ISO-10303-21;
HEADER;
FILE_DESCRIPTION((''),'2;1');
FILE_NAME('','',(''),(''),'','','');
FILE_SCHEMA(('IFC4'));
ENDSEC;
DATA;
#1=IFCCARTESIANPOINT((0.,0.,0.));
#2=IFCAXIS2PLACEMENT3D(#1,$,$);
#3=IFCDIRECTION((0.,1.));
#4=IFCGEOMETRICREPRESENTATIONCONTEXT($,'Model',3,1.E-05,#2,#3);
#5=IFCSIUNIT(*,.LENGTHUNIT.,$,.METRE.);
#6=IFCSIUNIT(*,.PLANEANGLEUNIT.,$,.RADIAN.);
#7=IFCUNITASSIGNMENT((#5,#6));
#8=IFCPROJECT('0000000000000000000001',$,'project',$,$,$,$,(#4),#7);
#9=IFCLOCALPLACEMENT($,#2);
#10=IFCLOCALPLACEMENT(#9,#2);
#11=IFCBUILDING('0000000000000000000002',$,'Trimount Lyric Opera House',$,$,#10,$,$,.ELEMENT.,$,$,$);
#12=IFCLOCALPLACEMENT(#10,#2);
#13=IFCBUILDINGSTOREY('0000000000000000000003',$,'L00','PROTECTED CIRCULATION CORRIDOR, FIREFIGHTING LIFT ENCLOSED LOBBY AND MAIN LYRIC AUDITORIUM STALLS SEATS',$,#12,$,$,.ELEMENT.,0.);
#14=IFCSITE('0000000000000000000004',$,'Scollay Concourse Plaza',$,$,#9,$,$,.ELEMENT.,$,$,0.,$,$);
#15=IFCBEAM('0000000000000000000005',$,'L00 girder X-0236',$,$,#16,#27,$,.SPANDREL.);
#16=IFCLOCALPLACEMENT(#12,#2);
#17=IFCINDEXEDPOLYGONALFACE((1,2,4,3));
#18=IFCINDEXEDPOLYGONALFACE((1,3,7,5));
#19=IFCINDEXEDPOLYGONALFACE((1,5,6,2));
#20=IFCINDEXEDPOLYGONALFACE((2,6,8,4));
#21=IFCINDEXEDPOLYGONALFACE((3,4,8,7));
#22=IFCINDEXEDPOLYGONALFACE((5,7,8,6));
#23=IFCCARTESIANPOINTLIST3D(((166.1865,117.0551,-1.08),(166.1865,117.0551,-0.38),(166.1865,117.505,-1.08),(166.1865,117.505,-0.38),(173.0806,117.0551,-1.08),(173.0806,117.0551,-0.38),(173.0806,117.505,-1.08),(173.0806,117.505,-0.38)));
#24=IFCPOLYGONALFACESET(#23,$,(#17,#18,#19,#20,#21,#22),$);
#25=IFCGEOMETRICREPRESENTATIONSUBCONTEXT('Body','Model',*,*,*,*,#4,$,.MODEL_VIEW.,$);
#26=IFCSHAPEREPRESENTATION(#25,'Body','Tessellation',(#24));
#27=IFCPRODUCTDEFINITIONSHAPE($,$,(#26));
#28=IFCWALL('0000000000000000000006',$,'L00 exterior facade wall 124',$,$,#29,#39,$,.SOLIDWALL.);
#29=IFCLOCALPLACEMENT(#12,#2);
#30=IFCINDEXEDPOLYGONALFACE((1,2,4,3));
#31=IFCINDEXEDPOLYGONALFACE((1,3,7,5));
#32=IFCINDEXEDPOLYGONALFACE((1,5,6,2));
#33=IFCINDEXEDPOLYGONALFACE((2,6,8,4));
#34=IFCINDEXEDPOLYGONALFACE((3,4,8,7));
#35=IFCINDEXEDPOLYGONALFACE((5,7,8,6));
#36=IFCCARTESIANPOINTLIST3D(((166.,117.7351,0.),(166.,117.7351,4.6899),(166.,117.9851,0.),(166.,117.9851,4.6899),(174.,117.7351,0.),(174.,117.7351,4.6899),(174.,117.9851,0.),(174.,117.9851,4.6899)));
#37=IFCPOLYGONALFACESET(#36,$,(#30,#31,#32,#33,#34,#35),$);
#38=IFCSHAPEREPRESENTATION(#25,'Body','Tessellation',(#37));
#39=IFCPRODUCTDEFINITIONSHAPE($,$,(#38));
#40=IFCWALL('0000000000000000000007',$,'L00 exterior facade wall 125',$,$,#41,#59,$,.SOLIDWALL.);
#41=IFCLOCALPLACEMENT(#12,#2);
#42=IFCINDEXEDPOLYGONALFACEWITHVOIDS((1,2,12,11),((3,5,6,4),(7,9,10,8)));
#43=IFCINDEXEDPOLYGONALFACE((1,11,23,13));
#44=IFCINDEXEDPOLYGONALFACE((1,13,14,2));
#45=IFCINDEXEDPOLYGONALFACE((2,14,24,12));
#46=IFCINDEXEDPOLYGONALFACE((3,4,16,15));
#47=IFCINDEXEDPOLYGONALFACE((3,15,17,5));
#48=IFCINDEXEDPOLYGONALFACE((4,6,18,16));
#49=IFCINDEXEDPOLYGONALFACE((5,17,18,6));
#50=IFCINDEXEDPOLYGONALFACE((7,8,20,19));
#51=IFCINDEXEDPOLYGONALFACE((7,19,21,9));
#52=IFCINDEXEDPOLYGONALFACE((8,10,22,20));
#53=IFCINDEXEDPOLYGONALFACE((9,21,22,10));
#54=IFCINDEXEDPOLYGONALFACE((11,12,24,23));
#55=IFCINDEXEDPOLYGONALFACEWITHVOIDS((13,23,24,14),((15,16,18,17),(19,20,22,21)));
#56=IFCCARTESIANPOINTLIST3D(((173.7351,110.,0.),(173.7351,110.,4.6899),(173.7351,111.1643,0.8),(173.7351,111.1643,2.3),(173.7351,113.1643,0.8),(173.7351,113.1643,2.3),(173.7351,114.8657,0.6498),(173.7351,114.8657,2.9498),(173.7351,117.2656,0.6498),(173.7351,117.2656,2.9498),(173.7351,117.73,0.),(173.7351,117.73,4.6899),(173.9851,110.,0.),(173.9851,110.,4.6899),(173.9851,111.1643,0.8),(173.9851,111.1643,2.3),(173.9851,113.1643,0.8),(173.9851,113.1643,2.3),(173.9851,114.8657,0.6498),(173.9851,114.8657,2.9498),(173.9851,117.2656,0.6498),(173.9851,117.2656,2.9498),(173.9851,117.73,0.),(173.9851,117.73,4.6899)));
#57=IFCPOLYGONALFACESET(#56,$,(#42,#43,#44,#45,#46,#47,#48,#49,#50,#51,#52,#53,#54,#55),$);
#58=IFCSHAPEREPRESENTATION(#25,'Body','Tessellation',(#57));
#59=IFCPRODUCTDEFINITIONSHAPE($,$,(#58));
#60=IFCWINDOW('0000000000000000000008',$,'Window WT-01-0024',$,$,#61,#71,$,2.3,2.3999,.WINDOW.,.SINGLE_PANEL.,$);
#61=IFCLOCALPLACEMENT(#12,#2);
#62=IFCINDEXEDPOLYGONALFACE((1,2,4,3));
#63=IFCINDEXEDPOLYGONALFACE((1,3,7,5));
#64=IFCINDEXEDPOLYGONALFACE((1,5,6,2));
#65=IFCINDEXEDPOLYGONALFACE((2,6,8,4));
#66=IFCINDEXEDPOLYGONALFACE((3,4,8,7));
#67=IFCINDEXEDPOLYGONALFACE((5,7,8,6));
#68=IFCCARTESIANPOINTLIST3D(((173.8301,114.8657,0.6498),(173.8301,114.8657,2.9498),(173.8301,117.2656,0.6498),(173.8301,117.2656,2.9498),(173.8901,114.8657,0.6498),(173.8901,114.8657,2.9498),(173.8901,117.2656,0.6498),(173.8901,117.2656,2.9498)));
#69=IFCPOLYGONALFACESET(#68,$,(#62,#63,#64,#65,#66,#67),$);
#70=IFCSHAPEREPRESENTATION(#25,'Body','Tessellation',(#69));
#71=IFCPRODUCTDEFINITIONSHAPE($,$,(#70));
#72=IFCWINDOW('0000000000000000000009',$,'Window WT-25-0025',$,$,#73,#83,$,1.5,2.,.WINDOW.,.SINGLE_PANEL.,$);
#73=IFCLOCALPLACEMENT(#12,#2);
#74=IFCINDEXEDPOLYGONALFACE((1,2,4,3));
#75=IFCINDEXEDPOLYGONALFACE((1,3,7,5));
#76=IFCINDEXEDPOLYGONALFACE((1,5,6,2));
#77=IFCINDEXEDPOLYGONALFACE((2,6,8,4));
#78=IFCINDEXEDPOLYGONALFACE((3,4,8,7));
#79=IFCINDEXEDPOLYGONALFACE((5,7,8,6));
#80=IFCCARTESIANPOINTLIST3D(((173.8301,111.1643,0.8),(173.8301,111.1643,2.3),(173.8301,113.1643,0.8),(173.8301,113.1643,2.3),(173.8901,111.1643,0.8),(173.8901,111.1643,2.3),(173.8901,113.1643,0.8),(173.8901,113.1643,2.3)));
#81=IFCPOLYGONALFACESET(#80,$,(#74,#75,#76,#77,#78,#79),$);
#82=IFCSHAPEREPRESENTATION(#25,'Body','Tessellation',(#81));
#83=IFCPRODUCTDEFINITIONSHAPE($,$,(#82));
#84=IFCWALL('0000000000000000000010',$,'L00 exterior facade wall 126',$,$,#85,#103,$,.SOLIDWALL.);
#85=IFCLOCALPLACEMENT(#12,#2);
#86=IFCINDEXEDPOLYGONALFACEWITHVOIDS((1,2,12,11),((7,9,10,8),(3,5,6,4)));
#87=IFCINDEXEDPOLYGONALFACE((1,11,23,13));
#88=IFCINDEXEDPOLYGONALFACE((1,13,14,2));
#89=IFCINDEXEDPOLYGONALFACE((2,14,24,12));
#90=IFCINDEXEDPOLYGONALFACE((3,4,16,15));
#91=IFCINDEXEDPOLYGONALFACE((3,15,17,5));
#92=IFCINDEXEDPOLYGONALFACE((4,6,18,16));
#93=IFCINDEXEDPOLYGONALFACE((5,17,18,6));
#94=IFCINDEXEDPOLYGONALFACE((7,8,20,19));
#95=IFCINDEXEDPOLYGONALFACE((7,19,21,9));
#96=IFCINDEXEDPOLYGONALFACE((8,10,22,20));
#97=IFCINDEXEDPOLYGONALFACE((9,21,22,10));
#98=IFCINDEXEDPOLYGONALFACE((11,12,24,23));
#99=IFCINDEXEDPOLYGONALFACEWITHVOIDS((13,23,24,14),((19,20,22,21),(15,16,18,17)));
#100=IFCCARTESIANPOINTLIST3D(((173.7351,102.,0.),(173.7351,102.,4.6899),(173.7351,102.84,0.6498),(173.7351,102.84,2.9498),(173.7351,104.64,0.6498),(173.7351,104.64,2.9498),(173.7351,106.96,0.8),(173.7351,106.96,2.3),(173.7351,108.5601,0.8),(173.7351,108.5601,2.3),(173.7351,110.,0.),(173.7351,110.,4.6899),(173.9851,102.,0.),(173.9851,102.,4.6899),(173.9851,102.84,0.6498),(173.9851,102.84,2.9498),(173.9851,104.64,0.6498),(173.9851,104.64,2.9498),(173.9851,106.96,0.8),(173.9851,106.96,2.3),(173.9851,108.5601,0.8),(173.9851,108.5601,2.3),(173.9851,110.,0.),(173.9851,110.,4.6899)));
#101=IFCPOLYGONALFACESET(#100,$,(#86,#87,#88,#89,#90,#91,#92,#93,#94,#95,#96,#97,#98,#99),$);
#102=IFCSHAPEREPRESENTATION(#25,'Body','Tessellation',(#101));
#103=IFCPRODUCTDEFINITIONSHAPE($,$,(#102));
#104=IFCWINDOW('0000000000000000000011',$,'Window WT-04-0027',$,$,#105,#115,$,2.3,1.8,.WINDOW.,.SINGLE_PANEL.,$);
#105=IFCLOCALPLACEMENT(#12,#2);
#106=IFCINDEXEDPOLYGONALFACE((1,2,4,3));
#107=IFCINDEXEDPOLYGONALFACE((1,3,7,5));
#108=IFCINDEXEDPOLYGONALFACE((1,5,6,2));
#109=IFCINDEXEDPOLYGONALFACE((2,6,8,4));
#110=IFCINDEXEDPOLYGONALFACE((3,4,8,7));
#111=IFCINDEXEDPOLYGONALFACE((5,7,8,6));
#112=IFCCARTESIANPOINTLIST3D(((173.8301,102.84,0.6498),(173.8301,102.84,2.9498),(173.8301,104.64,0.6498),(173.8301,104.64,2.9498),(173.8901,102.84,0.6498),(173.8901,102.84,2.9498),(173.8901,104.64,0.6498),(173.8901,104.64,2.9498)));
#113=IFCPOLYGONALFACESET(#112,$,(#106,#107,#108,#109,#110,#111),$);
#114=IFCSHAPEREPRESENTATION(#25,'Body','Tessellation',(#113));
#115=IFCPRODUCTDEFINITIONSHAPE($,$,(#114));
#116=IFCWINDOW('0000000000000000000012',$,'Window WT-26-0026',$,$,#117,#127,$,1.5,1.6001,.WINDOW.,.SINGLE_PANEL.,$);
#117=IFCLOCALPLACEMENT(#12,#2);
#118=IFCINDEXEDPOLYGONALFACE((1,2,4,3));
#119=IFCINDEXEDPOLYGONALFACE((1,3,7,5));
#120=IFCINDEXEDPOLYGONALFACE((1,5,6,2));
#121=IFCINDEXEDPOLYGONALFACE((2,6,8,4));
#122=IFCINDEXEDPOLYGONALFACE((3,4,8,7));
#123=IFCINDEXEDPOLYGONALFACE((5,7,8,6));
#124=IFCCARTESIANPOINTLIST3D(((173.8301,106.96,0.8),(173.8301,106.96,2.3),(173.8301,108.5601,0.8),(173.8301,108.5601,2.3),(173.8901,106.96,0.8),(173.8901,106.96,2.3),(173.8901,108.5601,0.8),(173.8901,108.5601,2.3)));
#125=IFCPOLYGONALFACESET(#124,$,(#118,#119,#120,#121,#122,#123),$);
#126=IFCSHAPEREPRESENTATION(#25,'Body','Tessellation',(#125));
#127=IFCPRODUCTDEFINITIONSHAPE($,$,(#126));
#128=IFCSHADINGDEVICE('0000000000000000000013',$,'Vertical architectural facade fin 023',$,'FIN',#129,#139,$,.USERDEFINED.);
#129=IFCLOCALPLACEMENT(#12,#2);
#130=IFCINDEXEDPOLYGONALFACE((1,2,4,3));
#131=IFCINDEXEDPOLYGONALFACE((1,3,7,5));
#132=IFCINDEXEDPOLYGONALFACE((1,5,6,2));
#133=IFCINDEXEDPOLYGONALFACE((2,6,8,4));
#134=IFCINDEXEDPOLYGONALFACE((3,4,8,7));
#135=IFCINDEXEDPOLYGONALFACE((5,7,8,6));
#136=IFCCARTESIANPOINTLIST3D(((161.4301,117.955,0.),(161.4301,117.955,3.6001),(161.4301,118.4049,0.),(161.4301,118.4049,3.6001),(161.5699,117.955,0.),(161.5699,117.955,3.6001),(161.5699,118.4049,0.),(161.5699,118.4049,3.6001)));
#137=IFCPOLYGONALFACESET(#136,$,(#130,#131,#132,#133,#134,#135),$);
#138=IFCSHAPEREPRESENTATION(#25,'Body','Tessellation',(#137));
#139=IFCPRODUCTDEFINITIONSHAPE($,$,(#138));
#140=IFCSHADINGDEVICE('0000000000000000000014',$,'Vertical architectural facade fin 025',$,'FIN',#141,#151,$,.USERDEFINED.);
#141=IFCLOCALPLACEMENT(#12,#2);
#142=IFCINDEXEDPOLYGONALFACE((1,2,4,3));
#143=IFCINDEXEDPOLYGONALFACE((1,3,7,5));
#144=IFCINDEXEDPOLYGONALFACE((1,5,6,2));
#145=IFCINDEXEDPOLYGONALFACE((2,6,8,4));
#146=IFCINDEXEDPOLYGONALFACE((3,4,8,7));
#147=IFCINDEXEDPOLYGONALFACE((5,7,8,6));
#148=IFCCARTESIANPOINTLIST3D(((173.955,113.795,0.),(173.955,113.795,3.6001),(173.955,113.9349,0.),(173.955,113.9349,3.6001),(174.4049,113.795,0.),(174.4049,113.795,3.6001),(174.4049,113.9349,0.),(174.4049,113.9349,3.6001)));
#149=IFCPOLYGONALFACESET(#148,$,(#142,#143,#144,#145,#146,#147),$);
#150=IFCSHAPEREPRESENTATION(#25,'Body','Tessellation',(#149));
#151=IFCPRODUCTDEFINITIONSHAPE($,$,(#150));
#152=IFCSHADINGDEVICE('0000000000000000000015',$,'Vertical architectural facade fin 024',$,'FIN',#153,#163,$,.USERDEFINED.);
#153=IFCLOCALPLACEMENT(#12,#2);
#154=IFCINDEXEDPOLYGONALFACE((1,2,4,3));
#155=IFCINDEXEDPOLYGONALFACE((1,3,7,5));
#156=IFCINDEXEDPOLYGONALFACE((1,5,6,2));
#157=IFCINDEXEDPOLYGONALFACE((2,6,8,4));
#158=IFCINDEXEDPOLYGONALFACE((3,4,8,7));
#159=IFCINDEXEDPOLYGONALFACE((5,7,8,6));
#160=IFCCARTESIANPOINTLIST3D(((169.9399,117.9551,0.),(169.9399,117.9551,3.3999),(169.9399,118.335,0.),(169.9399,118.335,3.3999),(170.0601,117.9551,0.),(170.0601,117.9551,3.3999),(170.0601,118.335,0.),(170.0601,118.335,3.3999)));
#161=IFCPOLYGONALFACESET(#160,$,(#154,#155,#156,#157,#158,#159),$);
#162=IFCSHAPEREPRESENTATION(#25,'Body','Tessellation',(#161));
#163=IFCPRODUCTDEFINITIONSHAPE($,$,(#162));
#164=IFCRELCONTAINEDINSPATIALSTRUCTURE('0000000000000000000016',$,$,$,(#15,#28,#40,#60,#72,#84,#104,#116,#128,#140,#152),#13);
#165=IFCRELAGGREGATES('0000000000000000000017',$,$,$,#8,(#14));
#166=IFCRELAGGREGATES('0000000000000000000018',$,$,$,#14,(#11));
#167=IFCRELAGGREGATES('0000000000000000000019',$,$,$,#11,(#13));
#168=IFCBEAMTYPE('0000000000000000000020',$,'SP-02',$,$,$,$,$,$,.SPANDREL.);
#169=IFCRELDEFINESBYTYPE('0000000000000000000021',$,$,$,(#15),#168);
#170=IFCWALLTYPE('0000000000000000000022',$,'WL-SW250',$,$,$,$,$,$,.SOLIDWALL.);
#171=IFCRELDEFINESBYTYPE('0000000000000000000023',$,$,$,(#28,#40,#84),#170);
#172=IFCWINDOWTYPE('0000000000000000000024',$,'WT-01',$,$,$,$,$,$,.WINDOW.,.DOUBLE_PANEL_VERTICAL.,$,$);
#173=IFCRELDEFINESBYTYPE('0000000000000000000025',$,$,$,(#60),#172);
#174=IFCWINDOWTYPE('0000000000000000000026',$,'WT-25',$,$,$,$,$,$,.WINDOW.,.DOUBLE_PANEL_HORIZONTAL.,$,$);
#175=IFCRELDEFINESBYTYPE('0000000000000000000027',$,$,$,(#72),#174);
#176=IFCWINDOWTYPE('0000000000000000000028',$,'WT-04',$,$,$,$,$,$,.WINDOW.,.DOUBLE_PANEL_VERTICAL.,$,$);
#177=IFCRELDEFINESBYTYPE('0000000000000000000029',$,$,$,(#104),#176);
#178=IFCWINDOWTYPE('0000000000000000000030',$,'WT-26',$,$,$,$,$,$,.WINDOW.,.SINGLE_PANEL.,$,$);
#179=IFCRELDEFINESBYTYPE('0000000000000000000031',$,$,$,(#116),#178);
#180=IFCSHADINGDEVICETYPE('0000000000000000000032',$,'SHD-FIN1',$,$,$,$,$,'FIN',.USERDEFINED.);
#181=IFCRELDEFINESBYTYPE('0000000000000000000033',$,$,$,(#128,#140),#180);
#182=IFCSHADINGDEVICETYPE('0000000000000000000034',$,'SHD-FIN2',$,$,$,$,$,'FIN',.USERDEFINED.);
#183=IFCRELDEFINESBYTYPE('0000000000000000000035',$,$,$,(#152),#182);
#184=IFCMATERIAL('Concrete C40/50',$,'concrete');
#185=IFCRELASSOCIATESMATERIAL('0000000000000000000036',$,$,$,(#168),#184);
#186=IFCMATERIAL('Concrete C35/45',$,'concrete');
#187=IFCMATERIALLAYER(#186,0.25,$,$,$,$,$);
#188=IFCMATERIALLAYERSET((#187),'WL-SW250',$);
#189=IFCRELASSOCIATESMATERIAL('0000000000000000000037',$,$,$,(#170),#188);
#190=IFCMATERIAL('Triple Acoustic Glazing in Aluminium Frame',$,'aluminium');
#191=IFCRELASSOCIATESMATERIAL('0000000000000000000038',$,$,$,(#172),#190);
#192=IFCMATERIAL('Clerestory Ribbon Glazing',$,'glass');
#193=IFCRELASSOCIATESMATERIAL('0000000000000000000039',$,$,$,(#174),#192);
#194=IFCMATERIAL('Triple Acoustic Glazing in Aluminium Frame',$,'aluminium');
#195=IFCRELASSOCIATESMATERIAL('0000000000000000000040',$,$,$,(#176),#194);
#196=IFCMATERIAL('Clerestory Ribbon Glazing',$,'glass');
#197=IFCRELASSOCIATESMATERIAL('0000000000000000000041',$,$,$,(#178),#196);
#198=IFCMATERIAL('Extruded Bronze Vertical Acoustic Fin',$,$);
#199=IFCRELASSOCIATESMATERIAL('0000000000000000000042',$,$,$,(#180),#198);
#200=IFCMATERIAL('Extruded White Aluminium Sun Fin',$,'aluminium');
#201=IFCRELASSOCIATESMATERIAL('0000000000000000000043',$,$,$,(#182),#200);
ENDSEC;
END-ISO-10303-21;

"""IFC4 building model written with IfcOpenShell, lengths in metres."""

from ifc_helpers import new_model, si_unit, direction, frame, frame_2d, origin, origin_2d, place, context, subcontext, project, spatial, rectangle, extrude, material, layer, layer_set, material_profile, profile_set, type_object, element, fill, save


model = new_model("IFC4")

# Units and contexts
model_context = context("Model", 3, precision=1e-05, world=origin(), true_north=direction((0.0, 1.0)))
body_context = subcontext(model_context, "Body", "Model", "MODEL_VIEW")
ifc_project = project(units=[si_unit("LENGTHUNIT", "METRE"), si_unit("PLANEANGLEUNIT", "RADIAN")], contexts=[model_context])

# Site, building, storey
site_placement = place(None, origin())
site = spatial("IfcSite", under=ifc_project, at=site_placement, Name="Scollay Concourse Plaza", CompositionType="ELEMENT", RefElevation=0.0)
building_placement = place(site_placement, origin())
building = spatial("IfcBuilding", under=site, at=building_placement, Name="Trimount Lyric Opera House", CompositionType="ELEMENT")
storey_placement = place(building_placement, origin())
storey = spatial("IfcBuildingStorey", under=building, at=storey_placement, Name="L00", Description="PROTECTED CIRCULATION CORRIDOR, FIREFIGHTING LIFT ENCLOSED LOBBY AND MAIN LYRIC AUDITORIUM STALLS SEATS", CompositionType="ELEMENT", Elevation=0.0)

# Beam
ifc_material_1 = material(Name="Concrete C40/50", Category="concrete")
ifc_material_profile_1 = material_profile(ifc_material_1, rectangle(XDim=0.45, YDim=0.7, at=origin_2d()), Name="RC450X700")
ifc_profile_set_1 = profile_set([ifc_material_profile_1], Name="Concrete C40/50")
beam_type_1 = type_object("IfcBeamType", Name="SP-02", PredefinedType="SPANDREL", material=ifc_profile_set_1)
beam_1_placement = place(storey_placement, frame((166.1865, 117.28, -0.73), z_axis=(1.0, 0.0, 0.0), x_axis=(0.0, 1.0, 0.0)))
element("IfcBeam", 1, at=beam_1_placement, inside=storey, type_object=beam_type_1, Name="L00 girder X-0236", PredefinedType="SPANDREL", context=body_context, shape_type="SweptSolid", body=[
    extrude(rectangle(XDim=0.45, YDim=0.7, at=origin_2d()), origin(), (0.0, 0.0, 1.0), 6.894),
])

# Wall
ifc_material_2 = material(Name="Concrete C35/45", Category="concrete")
ifc_layer = layer(ifc_material_2, 0.25)
ifc_layer_set = layer_set([ifc_layer], Name="WL-SW250")
wall_type = type_object("IfcWallType", Name="WL-SW250", PredefinedType="SOLIDWALL", material=ifc_layer_set)
wall_1_placement = place(storey_placement, frame((166.0, 117.8601, 0.0), z_axis=(0.0, 0.0, 1.0), x_axis=(1.0, 0.0, 0.0)))
element("IfcWall", 2, at=wall_1_placement, inside=storey, type_object=wall_type, Name="L00 exterior facade wall 124", PredefinedType="SOLIDWALL", context=body_context, shape_type="SweptSolid", body=[
    extrude(rectangle(XDim=8.0, YDim=0.25, at=frame_2d((4.0, 0.0))), origin(), (0.0, 0.0, 1.0), 4.6899),
])

# Walls, openings, windows
wall_2_placement = place(storey_placement, frame((173.8601, 117.73, 0.0), z_axis=(0.0, 0.0, 1.0), x_axis=(0.0, -1.0, 0.0)))
wall_2 = element("IfcWall", 3, at=wall_2_placement, inside=storey, type_object=wall_type, Name="L00 exterior facade wall 125", PredefinedType="SOLIDWALL", context=body_context, shape_type="SweptSolid", body=[
    extrude(rectangle(XDim=7.73, YDim=0.25, at=frame_2d((3.865, 0.0))), origin(), (0.0, 0.0, 1.0), 4.6899),
])
opening_1_placement = place(wall_2_placement, frame((0.4644, 0.0, 0.6499)))
opening_1 = element("IfcOpeningElement", 4, at=opening_1_placement, cuts=wall_2, PredefinedType="OPENING", context=body_context, shape_type="SweptSolid", body=[
    extrude(rectangle(XDim=2.3999, YDim=2.3, at=frame_2d((1.2, 1.1499))), frame((0.0, 0.135, 0.0), z_axis=(0.0, -1.0, 0.0), x_axis=(1.0, 0.0, 0.0)), (0.0, 0.0, 1.0), 0.27),
])
opening_2_placement = place(wall_2_placement, frame((4.5657, 0.0, 0.8)))
opening_2 = element("IfcOpeningElement", 5, at=opening_2_placement, cuts=wall_2, PredefinedType="OPENING", context=body_context, shape_type="SweptSolid", body=[
    extrude(rectangle(XDim=2.0, YDim=1.5, at=frame_2d((1.0, 0.75))), frame((0.0, 0.135, 0.0), z_axis=(0.0, -1.0, 0.0), x_axis=(1.0, 0.0, 0.0)), (0.0, 0.0, 1.0), 0.27),
])
ifc_material_3 = material(Name="Triple Acoustic Glazing in Aluminium Frame", Category="aluminium")
window_type_1 = type_object("IfcWindowType", Name="WT-01", PartitioningType="DOUBLE_PANEL_VERTICAL", PredefinedType="WINDOW", material=ifc_material_3)
window_1_placement = place(opening_1_placement, origin())
window_1 = element("IfcWindow", 6, at=window_1_placement, inside=storey, type_object=window_type_1, Name="Window WT-01-0024", OverallHeight=2.3, OverallWidth=2.3999, PartitioningType="SINGLE_PANEL", PredefinedType="WINDOW", context=body_context, shape_type="SweptSolid", body=[
    extrude(rectangle(XDim=2.3999, YDim=2.3, at=frame_2d((1.2, 1.1499))), frame((0.0, 0.03, 0.0), z_axis=(0.0, -1.0, 0.0), x_axis=(1.0, 0.0, 0.0)), (0.0, 0.0, 1.0), 0.0601),
])
fill(opening_1, window_1)
ifc_material_4 = material(Name="Clerestory Ribbon Glazing", Category="glass")
window_type_2 = type_object("IfcWindowType", Name="WT-25", PartitioningType="DOUBLE_PANEL_HORIZONTAL", PredefinedType="WINDOW", material=ifc_material_4)
window_2_placement = place(opening_2_placement, origin())
window_2 = element("IfcWindow", 7, at=window_2_placement, inside=storey, type_object=window_type_2, Name="Window WT-25-0025", OverallHeight=1.5, OverallWidth=2.0, PartitioningType="SINGLE_PANEL", PredefinedType="WINDOW", context=body_context, shape_type="SweptSolid", body=[
    extrude(rectangle(XDim=2.0, YDim=1.5, at=frame_2d((1.0, 0.75))), frame((0.0, 0.03, 0.0), z_axis=(0.0, -1.0, 0.0), x_axis=(1.0, 0.0, 0.0)), (0.0, 0.0, 1.0), 0.0601),
])
fill(opening_2, window_2)
wall_3_placement = place(storey_placement, frame((173.8601, 110.0, 0.0), z_axis=(0.0, 0.0, 1.0), x_axis=(0.0, -1.0, 0.0)))
wall_3 = element("IfcWall", 8, at=wall_3_placement, inside=storey, type_object=wall_type, Name="L00 exterior facade wall 126", PredefinedType="SOLIDWALL", context=body_context, shape_type="SweptSolid", body=[
    extrude(rectangle(XDim=8.0, YDim=0.25, at=frame_2d((4.0, 0.0))), origin(), (0.0, 0.0, 1.0), 4.6899),
])
opening_3_placement = place(wall_3_placement, frame((1.4399, 0.0, 0.8)))
opening_3 = element("IfcOpeningElement", 9, at=opening_3_placement, cuts=wall_3, PredefinedType="OPENING", context=body_context, shape_type="SweptSolid", body=[
    extrude(rectangle(XDim=1.6001, YDim=1.5, at=frame_2d((0.8, 0.75))), frame((0.0, 0.135, 0.0), z_axis=(0.0, -1.0, 0.0), x_axis=(1.0, 0.0, 0.0)), (0.0, 0.0, 1.0), 0.27),
])
opening_4_placement = place(wall_3_placement, frame((5.3601, 0.0, 0.6499)))
opening_4 = element("IfcOpeningElement", 10, at=opening_4_placement, cuts=wall_3, PredefinedType="OPENING", context=body_context, shape_type="SweptSolid", body=[
    extrude(rectangle(XDim=1.8, YDim=2.3, at=frame_2d((0.8999, 1.1499))), frame((0.0, 0.135, 0.0), z_axis=(0.0, -1.0, 0.0), x_axis=(1.0, 0.0, 0.0)), (0.0, 0.0, 1.0), 0.27),
])
ifc_material_5 = material(Name="Triple Acoustic Glazing in Aluminium Frame", Category="aluminium")
window_type_3 = type_object("IfcWindowType", Name="WT-04", PartitioningType="DOUBLE_PANEL_VERTICAL", PredefinedType="WINDOW", material=ifc_material_5)
window_3_placement = place(opening_4_placement, origin())
window_3 = element("IfcWindow", 11, at=window_3_placement, inside=storey, type_object=window_type_3, Name="Window WT-04-0027", OverallHeight=2.3, OverallWidth=1.8, PartitioningType="SINGLE_PANEL", PredefinedType="WINDOW", context=body_context, shape_type="SweptSolid", body=[
    extrude(rectangle(XDim=1.8, YDim=2.3, at=frame_2d((0.8999, 1.1499))), frame((0.0, 0.03, 0.0), z_axis=(0.0, -1.0, 0.0), x_axis=(1.0, 0.0, 0.0)), (0.0, 0.0, 1.0), 0.0601),
])
fill(opening_4, window_3)
ifc_material_6 = material(Name="Clerestory Ribbon Glazing", Category="glass")
window_type_4 = type_object("IfcWindowType", Name="WT-26", PartitioningType="SINGLE_PANEL", PredefinedType="WINDOW", material=ifc_material_6)
window_4_placement = place(opening_3_placement, origin())
window_4 = element("IfcWindow", 12, at=window_4_placement, inside=storey, type_object=window_type_4, Name="Window WT-26-0026", OverallHeight=1.5, OverallWidth=1.6001, PartitioningType="SINGLE_PANEL", PredefinedType="WINDOW", context=body_context, shape_type="SweptSolid", body=[
    extrude(rectangle(XDim=1.6001, YDim=1.5, at=frame_2d((0.8, 0.75))), frame((0.0, 0.03, 0.0), z_axis=(0.0, -1.0, 0.0), x_axis=(1.0, 0.0, 0.0)), (0.0, 0.0, 1.0), 0.0601),
])
fill(opening_3, window_4)

# Shading devices
ifc_material_7 = material(Name="Extruded Bronze Vertical Acoustic Fin")
shading_device_type_1 = type_object("IfcShadingDeviceType", Name="SHD-FIN1", ElementType="FIN", PredefinedType="USERDEFINED", material=ifc_material_7)
shading_device_1_placement = place(storey_placement, frame((161.5, 118.1799, 0.0), z_axis=(0.0, 0.0, 1.0), x_axis=(1.0, 0.0, 0.0)))
element("IfcShadingDevice", 13, at=shading_device_1_placement, inside=storey, type_object=shading_device_type_1, Name="Vertical architectural facade fin 023", ObjectType="FIN", PredefinedType="USERDEFINED", context=body_context, shape_type="SweptSolid", body=[
    extrude(rectangle(XDim=0.1399, YDim=0.45, at=origin_2d()), origin(), (0.0, 0.0, 1.0), 3.6001),
])
shading_device_2_placement = place(storey_placement, frame((174.1799, 113.865, 0.0), z_axis=(0.0, 0.0, 1.0), x_axis=(1.0, 0.0, 0.0)))
element("IfcShadingDevice", 14, at=shading_device_2_placement, inside=storey, type_object=shading_device_type_1, Name="Vertical architectural facade fin 025", ObjectType="FIN", PredefinedType="USERDEFINED", context=body_context, shape_type="SweptSolid", body=[
    extrude(rectangle(XDim=0.45, YDim=0.1399, at=origin_2d()), origin(), (0.0, 0.0, 1.0), 3.6001),
])
ifc_material_8 = material(Name="Extruded White Aluminium Sun Fin", Category="aluminium")
shading_device_type_2 = type_object("IfcShadingDeviceType", Name="SHD-FIN2", ElementType="FIN", PredefinedType="USERDEFINED", material=ifc_material_8)
shading_device_3_placement = place(storey_placement, frame((170.0, 118.145, 0.0), z_axis=(0.0, 0.0, 1.0), x_axis=(1.0, 0.0, 0.0)))
element("IfcShadingDevice", 15, at=shading_device_3_placement, inside=storey, type_object=shading_device_type_2, Name="Vertical architectural facade fin 024", ObjectType="FIN", PredefinedType="USERDEFINED", context=body_context, shape_type="SweptSolid", body=[
    extrude(rectangle(XDim=0.1201, YDim=0.3799, at=origin_2d()), origin(), (0.0, 0.0, 1.0), 3.3999),
])

save(model, "model.ifc")
